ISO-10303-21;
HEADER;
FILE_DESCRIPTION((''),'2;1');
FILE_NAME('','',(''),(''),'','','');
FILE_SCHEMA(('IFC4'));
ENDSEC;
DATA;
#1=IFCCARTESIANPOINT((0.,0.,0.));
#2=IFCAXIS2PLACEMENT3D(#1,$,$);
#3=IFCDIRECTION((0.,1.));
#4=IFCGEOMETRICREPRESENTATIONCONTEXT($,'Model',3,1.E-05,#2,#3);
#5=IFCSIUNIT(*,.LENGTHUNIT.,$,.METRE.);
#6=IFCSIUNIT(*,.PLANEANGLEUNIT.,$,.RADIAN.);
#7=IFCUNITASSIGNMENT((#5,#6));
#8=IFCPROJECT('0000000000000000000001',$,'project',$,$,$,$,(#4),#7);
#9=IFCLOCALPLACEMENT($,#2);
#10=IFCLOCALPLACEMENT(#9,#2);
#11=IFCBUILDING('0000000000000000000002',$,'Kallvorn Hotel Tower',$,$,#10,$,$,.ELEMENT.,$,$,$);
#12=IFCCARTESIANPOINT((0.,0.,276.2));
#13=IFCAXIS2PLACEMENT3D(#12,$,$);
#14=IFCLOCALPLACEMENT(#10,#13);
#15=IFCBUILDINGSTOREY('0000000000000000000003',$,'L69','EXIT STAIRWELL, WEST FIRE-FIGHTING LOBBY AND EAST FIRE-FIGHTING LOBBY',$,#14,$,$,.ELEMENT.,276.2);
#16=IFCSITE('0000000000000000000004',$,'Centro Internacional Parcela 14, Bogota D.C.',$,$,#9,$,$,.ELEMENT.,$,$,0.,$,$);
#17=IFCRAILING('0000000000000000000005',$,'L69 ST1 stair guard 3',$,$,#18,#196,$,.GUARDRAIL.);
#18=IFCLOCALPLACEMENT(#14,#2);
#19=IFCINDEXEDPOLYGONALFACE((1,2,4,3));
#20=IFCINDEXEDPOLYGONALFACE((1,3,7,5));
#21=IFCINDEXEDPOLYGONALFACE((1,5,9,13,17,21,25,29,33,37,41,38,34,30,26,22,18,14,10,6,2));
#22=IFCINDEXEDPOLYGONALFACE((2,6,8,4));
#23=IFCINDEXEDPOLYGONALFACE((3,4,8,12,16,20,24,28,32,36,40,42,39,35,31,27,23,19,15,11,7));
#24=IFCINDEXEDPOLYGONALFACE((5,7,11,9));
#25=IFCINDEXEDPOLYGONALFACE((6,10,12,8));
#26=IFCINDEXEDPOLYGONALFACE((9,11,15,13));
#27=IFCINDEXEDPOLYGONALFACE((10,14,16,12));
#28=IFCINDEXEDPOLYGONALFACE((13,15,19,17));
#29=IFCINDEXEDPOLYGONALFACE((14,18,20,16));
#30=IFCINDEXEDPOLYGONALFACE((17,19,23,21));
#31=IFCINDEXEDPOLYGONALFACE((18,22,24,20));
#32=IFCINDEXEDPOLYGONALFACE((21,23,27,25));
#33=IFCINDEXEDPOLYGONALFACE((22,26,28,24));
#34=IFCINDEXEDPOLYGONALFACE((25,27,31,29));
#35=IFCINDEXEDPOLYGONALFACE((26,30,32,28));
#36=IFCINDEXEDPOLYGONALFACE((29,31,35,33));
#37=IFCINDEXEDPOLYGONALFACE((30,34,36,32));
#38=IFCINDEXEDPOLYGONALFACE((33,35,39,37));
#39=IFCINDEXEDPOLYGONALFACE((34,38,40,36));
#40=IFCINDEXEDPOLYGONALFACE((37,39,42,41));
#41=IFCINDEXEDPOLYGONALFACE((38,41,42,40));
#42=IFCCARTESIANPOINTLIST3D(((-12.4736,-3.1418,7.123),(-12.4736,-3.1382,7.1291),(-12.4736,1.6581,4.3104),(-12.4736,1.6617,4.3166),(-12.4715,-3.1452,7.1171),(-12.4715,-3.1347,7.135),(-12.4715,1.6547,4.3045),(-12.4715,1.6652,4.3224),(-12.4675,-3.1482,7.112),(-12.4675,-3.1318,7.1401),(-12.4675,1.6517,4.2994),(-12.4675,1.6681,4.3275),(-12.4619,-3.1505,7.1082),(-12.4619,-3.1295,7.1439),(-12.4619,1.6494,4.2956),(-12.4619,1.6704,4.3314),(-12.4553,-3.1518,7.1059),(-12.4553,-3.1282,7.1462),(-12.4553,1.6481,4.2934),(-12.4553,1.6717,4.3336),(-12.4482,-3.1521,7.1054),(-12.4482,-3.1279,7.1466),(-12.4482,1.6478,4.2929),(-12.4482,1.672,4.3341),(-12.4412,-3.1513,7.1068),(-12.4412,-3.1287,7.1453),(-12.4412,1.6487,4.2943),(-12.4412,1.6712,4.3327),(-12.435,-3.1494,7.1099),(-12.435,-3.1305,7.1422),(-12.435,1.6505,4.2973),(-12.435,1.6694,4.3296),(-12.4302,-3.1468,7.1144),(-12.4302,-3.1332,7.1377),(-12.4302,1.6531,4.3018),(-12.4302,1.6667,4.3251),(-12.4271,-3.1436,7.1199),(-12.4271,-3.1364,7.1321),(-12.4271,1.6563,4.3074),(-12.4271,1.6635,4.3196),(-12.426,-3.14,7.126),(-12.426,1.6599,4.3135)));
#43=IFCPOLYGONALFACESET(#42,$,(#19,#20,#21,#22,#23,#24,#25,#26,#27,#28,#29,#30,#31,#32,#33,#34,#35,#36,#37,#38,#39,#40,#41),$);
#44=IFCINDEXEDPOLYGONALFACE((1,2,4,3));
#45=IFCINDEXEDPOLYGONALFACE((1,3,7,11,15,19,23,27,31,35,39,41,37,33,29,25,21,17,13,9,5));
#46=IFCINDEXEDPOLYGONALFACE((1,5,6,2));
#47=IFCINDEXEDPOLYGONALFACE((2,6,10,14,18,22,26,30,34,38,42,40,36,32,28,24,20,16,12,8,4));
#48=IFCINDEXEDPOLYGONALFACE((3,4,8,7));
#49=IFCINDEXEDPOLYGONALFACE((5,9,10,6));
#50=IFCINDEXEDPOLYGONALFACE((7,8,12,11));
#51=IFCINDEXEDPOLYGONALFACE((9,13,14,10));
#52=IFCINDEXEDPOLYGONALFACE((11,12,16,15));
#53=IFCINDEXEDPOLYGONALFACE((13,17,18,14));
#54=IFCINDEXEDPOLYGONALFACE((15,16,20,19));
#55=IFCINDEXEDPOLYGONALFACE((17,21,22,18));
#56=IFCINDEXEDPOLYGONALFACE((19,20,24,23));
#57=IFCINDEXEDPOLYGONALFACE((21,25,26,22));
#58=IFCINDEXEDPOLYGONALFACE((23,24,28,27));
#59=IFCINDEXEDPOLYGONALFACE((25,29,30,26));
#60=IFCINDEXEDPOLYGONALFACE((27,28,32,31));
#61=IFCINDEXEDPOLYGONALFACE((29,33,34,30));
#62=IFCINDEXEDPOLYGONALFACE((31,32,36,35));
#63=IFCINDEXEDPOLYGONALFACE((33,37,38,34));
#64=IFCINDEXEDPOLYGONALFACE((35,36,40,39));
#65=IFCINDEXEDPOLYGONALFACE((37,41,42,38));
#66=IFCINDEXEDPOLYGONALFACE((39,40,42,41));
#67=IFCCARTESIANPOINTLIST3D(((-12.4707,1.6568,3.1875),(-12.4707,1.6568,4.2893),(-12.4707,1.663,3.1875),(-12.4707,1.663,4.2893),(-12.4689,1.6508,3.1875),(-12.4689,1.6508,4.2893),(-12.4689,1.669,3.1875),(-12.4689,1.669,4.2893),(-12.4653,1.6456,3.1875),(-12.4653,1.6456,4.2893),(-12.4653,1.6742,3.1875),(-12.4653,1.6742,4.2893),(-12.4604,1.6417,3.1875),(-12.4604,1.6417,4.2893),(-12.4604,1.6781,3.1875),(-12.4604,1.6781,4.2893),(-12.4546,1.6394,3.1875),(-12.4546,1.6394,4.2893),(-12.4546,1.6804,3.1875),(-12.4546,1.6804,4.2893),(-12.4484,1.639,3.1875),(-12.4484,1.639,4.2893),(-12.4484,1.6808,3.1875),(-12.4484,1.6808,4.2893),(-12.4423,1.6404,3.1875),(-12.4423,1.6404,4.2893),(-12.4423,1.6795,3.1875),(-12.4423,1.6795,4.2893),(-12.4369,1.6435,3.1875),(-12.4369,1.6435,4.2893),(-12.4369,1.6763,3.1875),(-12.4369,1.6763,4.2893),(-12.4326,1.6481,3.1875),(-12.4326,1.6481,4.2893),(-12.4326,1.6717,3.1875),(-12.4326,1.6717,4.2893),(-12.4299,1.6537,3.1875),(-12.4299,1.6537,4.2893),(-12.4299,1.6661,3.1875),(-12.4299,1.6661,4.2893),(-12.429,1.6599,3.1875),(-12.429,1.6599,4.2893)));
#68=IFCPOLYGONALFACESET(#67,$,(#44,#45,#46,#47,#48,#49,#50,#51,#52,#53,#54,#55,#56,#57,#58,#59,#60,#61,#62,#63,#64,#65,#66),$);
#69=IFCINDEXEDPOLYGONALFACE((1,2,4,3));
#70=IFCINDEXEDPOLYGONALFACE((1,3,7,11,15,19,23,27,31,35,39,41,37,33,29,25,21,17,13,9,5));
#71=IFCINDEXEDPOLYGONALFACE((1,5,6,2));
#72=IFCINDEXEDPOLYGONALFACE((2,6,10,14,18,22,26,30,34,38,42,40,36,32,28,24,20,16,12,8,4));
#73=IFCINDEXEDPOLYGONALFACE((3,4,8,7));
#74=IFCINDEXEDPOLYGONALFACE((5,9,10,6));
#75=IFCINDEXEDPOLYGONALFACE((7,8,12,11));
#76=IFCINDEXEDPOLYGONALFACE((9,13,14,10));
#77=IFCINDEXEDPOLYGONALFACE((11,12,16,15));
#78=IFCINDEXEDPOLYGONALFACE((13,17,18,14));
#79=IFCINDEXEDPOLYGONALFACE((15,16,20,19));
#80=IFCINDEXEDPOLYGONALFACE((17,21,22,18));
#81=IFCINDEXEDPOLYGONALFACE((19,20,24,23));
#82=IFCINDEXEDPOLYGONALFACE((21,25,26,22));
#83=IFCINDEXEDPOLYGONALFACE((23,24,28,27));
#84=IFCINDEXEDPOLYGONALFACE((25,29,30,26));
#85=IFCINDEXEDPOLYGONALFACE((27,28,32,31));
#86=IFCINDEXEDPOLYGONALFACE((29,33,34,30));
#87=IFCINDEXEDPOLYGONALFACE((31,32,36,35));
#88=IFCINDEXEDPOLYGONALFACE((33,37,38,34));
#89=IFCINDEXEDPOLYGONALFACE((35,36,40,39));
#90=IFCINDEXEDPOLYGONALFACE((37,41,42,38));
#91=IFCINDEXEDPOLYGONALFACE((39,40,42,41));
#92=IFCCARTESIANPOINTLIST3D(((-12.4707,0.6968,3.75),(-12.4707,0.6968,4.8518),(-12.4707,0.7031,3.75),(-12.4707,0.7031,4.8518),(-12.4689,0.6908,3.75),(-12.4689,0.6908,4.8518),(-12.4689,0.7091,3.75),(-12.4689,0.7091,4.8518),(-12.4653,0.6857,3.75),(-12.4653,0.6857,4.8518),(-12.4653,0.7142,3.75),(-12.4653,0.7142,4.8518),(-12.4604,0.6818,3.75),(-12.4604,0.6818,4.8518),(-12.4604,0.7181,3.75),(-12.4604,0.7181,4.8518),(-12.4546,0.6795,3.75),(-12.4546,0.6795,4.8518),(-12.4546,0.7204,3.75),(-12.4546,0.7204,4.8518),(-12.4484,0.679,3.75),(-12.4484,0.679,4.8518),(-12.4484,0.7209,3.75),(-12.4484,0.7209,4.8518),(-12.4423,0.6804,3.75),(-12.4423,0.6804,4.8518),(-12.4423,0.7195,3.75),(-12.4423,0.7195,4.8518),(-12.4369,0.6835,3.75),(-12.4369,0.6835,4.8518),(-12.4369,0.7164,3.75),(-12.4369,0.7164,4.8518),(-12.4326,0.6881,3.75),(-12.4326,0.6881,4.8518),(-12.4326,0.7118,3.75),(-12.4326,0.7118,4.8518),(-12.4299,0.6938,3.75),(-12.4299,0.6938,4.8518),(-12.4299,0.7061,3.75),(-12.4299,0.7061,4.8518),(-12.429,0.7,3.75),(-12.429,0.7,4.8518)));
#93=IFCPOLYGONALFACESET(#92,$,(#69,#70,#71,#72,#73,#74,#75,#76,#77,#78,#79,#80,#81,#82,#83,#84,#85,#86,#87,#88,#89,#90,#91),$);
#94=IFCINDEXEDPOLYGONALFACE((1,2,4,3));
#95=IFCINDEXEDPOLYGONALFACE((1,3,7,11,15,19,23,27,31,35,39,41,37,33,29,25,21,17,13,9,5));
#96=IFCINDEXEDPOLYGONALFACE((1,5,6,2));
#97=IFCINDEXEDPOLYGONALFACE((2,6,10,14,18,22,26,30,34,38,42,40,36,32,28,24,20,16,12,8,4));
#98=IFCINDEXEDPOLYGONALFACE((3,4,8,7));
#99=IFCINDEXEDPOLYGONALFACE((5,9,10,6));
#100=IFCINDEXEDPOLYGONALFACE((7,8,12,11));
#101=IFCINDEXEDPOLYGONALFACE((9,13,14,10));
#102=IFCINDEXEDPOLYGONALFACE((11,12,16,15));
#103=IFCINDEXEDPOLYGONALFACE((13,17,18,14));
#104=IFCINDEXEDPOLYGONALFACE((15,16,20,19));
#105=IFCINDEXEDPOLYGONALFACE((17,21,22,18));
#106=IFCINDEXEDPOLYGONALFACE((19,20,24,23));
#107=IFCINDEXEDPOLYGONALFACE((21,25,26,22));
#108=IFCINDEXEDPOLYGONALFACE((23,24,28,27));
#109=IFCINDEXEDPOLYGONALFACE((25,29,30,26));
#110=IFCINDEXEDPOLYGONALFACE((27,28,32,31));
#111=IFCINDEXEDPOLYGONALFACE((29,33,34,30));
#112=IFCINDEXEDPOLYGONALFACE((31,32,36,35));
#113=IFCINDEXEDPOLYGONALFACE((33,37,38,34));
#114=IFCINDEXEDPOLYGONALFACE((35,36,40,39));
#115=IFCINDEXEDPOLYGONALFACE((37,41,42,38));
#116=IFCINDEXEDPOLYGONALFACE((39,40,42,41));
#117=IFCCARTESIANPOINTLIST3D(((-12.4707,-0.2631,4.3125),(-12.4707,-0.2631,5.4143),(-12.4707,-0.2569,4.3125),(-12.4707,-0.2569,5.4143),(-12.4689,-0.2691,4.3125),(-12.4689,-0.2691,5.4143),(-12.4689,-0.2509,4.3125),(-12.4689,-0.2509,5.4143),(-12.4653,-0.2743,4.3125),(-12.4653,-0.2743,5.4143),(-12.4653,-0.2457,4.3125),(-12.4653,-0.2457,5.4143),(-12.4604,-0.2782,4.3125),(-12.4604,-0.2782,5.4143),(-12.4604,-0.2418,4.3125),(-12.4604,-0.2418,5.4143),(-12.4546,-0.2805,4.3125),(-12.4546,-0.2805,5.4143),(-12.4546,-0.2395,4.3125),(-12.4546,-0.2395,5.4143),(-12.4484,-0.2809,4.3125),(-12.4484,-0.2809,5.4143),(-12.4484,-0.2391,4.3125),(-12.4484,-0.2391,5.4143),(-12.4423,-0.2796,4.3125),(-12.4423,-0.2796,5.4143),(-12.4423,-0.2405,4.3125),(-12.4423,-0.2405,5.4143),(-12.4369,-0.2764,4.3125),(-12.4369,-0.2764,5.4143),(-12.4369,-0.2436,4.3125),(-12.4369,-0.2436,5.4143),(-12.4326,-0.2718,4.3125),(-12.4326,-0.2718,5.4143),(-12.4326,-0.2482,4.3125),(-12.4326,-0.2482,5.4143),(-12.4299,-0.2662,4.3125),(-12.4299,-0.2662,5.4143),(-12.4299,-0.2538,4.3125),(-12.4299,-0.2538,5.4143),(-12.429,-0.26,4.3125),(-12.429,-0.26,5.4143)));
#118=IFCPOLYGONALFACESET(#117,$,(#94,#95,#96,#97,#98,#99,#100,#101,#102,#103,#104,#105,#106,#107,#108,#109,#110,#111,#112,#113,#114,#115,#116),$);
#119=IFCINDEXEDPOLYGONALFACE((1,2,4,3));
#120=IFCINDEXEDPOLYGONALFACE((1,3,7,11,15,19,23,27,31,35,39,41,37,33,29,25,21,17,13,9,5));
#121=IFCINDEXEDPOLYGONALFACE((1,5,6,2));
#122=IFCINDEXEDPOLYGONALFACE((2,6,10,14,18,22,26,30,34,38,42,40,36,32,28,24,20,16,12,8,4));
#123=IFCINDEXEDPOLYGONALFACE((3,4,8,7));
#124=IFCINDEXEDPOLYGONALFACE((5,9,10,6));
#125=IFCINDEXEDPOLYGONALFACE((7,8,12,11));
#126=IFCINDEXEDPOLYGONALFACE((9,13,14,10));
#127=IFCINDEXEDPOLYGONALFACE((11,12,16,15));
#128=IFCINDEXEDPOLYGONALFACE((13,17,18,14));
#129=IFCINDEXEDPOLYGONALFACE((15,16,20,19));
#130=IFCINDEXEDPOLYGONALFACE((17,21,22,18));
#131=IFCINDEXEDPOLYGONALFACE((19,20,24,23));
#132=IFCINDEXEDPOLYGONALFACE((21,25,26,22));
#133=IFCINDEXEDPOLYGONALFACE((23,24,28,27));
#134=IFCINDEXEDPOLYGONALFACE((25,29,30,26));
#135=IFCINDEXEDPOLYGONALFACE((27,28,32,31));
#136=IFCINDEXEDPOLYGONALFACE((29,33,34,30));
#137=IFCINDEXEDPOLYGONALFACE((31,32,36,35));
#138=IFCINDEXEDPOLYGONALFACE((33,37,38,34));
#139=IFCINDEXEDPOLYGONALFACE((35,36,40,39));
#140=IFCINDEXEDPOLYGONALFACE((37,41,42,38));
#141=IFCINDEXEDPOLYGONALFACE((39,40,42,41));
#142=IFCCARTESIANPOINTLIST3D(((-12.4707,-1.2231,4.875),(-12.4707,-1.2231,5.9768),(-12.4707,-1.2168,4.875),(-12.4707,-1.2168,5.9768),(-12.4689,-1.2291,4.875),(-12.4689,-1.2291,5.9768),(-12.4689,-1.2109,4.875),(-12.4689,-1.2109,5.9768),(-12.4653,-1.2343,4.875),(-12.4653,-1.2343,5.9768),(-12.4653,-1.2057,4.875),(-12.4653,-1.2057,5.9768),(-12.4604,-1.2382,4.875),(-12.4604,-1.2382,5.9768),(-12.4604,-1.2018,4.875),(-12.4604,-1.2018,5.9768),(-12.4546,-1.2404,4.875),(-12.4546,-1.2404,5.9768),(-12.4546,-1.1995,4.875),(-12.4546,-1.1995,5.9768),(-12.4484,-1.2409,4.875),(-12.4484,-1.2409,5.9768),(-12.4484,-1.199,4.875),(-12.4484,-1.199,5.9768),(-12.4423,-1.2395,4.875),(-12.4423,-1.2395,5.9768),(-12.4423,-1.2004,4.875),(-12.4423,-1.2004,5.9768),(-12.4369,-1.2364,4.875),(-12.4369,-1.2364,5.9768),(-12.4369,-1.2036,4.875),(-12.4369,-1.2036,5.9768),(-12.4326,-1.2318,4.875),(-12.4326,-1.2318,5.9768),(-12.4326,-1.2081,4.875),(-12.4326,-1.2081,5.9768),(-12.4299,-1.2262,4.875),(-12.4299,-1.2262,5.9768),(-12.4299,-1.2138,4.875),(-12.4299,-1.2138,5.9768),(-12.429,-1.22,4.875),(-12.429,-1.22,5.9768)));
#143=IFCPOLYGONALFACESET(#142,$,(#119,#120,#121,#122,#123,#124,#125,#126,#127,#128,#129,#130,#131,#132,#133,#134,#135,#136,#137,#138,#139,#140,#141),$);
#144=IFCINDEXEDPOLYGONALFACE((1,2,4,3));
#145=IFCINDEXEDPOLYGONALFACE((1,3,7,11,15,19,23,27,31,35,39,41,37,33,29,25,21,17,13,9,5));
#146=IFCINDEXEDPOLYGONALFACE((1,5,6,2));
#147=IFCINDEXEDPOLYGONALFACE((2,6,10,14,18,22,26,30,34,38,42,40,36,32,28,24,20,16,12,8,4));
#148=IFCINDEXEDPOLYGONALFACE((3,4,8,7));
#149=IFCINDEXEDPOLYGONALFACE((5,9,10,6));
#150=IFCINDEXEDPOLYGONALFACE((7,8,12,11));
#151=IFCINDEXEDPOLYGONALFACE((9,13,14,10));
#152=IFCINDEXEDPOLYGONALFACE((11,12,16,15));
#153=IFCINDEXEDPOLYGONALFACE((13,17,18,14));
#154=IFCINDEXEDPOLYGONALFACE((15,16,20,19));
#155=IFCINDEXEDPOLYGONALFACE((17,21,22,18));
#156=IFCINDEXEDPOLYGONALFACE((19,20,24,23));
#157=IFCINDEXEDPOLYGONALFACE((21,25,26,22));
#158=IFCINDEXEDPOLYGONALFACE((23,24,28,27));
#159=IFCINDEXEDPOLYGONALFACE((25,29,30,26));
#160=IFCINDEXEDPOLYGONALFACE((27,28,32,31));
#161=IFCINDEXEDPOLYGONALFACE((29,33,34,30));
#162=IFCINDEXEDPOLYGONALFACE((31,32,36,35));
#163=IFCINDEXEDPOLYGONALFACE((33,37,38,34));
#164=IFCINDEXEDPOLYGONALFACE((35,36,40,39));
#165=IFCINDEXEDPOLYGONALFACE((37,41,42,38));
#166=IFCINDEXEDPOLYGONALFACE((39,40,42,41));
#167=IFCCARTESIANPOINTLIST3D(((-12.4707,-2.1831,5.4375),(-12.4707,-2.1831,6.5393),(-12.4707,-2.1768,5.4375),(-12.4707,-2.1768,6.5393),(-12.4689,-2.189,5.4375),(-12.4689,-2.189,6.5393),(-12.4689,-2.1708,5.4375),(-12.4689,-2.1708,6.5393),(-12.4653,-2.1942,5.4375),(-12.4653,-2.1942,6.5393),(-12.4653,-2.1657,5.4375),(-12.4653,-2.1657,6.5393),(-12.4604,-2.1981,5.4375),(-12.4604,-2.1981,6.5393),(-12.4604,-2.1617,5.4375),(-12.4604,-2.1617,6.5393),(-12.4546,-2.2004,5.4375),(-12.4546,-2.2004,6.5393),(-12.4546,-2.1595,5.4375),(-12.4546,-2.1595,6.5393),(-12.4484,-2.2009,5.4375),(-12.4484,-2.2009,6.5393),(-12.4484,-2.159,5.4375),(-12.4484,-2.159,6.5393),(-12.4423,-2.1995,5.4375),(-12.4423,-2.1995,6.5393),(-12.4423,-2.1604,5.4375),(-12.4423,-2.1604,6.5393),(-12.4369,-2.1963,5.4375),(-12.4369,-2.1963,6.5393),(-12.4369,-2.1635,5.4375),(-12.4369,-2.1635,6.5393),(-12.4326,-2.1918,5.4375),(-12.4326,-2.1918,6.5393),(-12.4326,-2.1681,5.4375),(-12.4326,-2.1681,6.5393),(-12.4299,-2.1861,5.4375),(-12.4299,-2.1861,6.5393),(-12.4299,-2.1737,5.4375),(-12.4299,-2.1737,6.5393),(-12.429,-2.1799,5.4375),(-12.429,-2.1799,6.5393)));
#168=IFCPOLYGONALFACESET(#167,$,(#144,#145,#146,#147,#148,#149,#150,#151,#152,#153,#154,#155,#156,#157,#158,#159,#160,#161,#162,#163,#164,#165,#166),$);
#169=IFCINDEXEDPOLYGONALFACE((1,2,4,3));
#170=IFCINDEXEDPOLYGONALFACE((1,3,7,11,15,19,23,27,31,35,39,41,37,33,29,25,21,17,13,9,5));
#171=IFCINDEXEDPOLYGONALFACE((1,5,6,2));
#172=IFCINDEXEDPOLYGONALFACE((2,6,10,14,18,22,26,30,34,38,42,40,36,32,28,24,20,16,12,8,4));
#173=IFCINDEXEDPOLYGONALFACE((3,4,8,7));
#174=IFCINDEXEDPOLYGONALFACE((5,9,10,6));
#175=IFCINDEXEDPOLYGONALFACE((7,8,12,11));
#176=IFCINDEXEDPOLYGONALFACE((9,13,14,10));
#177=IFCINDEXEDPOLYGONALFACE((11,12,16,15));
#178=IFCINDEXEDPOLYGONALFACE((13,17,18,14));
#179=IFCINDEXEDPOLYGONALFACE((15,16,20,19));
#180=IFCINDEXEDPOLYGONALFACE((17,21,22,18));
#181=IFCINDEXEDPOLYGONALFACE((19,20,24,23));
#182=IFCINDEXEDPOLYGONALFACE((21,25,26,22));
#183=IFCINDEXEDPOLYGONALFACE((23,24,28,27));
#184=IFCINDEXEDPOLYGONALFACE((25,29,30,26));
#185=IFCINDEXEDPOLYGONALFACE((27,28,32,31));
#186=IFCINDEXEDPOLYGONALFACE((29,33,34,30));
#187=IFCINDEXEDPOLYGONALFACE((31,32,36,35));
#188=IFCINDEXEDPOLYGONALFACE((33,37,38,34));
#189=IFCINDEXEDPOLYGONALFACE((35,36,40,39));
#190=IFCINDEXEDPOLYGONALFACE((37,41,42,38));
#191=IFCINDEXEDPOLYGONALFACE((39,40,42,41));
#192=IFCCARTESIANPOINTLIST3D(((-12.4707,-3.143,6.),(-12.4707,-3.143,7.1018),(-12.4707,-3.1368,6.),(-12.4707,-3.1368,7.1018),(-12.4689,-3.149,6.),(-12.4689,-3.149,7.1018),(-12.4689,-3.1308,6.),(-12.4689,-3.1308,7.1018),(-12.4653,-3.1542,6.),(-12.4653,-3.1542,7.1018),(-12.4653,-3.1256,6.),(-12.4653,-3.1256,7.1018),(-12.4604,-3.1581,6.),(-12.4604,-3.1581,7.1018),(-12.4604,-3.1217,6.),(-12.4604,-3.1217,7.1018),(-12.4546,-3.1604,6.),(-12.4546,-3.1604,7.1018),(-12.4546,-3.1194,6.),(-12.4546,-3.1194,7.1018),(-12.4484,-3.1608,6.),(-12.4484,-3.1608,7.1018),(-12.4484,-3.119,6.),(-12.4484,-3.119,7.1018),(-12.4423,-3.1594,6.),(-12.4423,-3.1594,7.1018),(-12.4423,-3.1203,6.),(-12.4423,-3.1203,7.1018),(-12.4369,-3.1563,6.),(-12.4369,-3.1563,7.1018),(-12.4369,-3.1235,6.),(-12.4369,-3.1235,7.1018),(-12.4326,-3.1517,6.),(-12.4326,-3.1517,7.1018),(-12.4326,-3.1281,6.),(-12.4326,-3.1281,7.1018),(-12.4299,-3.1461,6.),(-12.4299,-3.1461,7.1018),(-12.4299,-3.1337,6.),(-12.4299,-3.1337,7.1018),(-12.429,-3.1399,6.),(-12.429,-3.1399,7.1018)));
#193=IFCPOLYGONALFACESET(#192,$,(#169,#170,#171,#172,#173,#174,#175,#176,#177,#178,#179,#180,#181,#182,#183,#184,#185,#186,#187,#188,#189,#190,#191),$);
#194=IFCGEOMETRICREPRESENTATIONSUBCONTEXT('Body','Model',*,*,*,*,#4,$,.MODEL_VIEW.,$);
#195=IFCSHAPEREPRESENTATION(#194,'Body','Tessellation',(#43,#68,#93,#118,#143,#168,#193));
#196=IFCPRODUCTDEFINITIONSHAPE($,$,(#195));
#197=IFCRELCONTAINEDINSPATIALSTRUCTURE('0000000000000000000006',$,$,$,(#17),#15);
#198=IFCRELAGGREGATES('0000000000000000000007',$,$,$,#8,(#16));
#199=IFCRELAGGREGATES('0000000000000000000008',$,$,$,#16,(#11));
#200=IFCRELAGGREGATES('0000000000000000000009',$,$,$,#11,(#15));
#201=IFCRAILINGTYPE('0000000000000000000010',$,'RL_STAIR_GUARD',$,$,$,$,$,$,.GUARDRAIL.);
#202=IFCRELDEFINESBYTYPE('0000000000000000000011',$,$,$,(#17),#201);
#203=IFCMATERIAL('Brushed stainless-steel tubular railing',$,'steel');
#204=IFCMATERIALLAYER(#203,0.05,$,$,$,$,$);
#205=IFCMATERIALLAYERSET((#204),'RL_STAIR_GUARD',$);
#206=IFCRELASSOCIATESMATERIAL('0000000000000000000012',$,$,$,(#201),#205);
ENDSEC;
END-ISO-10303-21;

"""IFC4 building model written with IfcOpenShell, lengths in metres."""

from ifc_helpers import new_model, si_unit, direction, frame, origin, origin_2d, place, context, subcontext, project, spatial, circle, extrude, material, layer, layer_set, type_object, element, save


model = new_model("IFC4")

# Units and contexts
model_context = context("Model", 3, precision=1e-05, world=origin(), true_north=direction((0.0, 1.0)))
body_context = subcontext(model_context, "Body", "Model", "MODEL_VIEW")
ifc_project = project(units=[si_unit("LENGTHUNIT", "METRE"), si_unit("PLANEANGLEUNIT", "RADIAN")], contexts=[model_context])

# Site, building, storey
site_placement = place(None, origin())
site = spatial("IfcSite", under=ifc_project, at=site_placement, Name="Centro Internacional Parcela 14, Bogota D.C.", CompositionType="ELEMENT", RefElevation=0.0)
building_placement = place(site_placement, origin())
building = spatial("IfcBuilding", under=site, at=building_placement, Name="Kallvorn Hotel Tower", CompositionType="ELEMENT")
storey_placement = place(building_placement, frame((0.0, 0.0, 276.2)))
storey = spatial("IfcBuildingStorey", under=building, at=storey_placement, Name="L69", Description="EXIT STAIRWELL, WEST FIRE-FIGHTING LOBBY AND EAST FIRE-FIGHTING LOBBY", CompositionType="ELEMENT", Elevation=276.2)

# Railing
ifc_material_1 = material(Name="Brushed stainless-steel tubular railing", Category="steel")
ifc_layer_1 = layer(ifc_material_1, 0.05)
ifc_layer_set_1 = layer_set([ifc_layer_1], Name="RL_STAIR_GUARD")
railing_type_1 = type_object("IfcRailingType", Name="RL_STAIR_GUARD", PredefinedType="GUARDRAIL", material=ifc_layer_set_1)
railing_1_placement = place(storey_placement, frame((-12.45, 1.6599, 3.1875)))
element("IfcRailing", 1, at=railing_1_placement, inside=storey, type_object=railing_type_1, Name="L69 ST1 stair guard 3", PredefinedType="GUARDRAIL", context=body_context, shape_type="SweptSolid", body=[
    extrude(circle(Radius=0.0239, at=origin_2d()), frame((0.0, 0.0, 1.126), z_axis=(0.0, -0.86279, 0.505562), x_axis=(1.0, 0.0, 0.0)), (0.0, 0.0, 1.0), 5.5632),
    extrude(circle(Radius=0.021, at=origin_2d()), origin(), (0.0, 0.0, 1.0), 1.1018),
    extrude(circle(Radius=0.021, at=origin_2d()), frame((0.0, -0.96, 0.5625)), (0.0, 0.0, 1.0), 1.1018),
    extrude(circle(Radius=0.021, at=origin_2d()), frame((0.0, -1.9199, 1.125)), (0.0, 0.0, 1.0), 1.1018),
    extrude(circle(Radius=0.021, at=origin_2d()), frame((0.0, -2.8799, 1.6875)), (0.0, 0.0, 1.0), 1.1018),
    extrude(circle(Radius=0.021, at=origin_2d()), frame((0.0, -3.8398, 2.25)), (0.0, 0.0, 1.0), 1.1018),
    extrude(circle(Radius=0.021, at=origin_2d()), frame((0.0, -4.7998, 2.8125)), (0.0, 0.0, 1.0), 1.1018),
])

save(model, "model.ifc")
